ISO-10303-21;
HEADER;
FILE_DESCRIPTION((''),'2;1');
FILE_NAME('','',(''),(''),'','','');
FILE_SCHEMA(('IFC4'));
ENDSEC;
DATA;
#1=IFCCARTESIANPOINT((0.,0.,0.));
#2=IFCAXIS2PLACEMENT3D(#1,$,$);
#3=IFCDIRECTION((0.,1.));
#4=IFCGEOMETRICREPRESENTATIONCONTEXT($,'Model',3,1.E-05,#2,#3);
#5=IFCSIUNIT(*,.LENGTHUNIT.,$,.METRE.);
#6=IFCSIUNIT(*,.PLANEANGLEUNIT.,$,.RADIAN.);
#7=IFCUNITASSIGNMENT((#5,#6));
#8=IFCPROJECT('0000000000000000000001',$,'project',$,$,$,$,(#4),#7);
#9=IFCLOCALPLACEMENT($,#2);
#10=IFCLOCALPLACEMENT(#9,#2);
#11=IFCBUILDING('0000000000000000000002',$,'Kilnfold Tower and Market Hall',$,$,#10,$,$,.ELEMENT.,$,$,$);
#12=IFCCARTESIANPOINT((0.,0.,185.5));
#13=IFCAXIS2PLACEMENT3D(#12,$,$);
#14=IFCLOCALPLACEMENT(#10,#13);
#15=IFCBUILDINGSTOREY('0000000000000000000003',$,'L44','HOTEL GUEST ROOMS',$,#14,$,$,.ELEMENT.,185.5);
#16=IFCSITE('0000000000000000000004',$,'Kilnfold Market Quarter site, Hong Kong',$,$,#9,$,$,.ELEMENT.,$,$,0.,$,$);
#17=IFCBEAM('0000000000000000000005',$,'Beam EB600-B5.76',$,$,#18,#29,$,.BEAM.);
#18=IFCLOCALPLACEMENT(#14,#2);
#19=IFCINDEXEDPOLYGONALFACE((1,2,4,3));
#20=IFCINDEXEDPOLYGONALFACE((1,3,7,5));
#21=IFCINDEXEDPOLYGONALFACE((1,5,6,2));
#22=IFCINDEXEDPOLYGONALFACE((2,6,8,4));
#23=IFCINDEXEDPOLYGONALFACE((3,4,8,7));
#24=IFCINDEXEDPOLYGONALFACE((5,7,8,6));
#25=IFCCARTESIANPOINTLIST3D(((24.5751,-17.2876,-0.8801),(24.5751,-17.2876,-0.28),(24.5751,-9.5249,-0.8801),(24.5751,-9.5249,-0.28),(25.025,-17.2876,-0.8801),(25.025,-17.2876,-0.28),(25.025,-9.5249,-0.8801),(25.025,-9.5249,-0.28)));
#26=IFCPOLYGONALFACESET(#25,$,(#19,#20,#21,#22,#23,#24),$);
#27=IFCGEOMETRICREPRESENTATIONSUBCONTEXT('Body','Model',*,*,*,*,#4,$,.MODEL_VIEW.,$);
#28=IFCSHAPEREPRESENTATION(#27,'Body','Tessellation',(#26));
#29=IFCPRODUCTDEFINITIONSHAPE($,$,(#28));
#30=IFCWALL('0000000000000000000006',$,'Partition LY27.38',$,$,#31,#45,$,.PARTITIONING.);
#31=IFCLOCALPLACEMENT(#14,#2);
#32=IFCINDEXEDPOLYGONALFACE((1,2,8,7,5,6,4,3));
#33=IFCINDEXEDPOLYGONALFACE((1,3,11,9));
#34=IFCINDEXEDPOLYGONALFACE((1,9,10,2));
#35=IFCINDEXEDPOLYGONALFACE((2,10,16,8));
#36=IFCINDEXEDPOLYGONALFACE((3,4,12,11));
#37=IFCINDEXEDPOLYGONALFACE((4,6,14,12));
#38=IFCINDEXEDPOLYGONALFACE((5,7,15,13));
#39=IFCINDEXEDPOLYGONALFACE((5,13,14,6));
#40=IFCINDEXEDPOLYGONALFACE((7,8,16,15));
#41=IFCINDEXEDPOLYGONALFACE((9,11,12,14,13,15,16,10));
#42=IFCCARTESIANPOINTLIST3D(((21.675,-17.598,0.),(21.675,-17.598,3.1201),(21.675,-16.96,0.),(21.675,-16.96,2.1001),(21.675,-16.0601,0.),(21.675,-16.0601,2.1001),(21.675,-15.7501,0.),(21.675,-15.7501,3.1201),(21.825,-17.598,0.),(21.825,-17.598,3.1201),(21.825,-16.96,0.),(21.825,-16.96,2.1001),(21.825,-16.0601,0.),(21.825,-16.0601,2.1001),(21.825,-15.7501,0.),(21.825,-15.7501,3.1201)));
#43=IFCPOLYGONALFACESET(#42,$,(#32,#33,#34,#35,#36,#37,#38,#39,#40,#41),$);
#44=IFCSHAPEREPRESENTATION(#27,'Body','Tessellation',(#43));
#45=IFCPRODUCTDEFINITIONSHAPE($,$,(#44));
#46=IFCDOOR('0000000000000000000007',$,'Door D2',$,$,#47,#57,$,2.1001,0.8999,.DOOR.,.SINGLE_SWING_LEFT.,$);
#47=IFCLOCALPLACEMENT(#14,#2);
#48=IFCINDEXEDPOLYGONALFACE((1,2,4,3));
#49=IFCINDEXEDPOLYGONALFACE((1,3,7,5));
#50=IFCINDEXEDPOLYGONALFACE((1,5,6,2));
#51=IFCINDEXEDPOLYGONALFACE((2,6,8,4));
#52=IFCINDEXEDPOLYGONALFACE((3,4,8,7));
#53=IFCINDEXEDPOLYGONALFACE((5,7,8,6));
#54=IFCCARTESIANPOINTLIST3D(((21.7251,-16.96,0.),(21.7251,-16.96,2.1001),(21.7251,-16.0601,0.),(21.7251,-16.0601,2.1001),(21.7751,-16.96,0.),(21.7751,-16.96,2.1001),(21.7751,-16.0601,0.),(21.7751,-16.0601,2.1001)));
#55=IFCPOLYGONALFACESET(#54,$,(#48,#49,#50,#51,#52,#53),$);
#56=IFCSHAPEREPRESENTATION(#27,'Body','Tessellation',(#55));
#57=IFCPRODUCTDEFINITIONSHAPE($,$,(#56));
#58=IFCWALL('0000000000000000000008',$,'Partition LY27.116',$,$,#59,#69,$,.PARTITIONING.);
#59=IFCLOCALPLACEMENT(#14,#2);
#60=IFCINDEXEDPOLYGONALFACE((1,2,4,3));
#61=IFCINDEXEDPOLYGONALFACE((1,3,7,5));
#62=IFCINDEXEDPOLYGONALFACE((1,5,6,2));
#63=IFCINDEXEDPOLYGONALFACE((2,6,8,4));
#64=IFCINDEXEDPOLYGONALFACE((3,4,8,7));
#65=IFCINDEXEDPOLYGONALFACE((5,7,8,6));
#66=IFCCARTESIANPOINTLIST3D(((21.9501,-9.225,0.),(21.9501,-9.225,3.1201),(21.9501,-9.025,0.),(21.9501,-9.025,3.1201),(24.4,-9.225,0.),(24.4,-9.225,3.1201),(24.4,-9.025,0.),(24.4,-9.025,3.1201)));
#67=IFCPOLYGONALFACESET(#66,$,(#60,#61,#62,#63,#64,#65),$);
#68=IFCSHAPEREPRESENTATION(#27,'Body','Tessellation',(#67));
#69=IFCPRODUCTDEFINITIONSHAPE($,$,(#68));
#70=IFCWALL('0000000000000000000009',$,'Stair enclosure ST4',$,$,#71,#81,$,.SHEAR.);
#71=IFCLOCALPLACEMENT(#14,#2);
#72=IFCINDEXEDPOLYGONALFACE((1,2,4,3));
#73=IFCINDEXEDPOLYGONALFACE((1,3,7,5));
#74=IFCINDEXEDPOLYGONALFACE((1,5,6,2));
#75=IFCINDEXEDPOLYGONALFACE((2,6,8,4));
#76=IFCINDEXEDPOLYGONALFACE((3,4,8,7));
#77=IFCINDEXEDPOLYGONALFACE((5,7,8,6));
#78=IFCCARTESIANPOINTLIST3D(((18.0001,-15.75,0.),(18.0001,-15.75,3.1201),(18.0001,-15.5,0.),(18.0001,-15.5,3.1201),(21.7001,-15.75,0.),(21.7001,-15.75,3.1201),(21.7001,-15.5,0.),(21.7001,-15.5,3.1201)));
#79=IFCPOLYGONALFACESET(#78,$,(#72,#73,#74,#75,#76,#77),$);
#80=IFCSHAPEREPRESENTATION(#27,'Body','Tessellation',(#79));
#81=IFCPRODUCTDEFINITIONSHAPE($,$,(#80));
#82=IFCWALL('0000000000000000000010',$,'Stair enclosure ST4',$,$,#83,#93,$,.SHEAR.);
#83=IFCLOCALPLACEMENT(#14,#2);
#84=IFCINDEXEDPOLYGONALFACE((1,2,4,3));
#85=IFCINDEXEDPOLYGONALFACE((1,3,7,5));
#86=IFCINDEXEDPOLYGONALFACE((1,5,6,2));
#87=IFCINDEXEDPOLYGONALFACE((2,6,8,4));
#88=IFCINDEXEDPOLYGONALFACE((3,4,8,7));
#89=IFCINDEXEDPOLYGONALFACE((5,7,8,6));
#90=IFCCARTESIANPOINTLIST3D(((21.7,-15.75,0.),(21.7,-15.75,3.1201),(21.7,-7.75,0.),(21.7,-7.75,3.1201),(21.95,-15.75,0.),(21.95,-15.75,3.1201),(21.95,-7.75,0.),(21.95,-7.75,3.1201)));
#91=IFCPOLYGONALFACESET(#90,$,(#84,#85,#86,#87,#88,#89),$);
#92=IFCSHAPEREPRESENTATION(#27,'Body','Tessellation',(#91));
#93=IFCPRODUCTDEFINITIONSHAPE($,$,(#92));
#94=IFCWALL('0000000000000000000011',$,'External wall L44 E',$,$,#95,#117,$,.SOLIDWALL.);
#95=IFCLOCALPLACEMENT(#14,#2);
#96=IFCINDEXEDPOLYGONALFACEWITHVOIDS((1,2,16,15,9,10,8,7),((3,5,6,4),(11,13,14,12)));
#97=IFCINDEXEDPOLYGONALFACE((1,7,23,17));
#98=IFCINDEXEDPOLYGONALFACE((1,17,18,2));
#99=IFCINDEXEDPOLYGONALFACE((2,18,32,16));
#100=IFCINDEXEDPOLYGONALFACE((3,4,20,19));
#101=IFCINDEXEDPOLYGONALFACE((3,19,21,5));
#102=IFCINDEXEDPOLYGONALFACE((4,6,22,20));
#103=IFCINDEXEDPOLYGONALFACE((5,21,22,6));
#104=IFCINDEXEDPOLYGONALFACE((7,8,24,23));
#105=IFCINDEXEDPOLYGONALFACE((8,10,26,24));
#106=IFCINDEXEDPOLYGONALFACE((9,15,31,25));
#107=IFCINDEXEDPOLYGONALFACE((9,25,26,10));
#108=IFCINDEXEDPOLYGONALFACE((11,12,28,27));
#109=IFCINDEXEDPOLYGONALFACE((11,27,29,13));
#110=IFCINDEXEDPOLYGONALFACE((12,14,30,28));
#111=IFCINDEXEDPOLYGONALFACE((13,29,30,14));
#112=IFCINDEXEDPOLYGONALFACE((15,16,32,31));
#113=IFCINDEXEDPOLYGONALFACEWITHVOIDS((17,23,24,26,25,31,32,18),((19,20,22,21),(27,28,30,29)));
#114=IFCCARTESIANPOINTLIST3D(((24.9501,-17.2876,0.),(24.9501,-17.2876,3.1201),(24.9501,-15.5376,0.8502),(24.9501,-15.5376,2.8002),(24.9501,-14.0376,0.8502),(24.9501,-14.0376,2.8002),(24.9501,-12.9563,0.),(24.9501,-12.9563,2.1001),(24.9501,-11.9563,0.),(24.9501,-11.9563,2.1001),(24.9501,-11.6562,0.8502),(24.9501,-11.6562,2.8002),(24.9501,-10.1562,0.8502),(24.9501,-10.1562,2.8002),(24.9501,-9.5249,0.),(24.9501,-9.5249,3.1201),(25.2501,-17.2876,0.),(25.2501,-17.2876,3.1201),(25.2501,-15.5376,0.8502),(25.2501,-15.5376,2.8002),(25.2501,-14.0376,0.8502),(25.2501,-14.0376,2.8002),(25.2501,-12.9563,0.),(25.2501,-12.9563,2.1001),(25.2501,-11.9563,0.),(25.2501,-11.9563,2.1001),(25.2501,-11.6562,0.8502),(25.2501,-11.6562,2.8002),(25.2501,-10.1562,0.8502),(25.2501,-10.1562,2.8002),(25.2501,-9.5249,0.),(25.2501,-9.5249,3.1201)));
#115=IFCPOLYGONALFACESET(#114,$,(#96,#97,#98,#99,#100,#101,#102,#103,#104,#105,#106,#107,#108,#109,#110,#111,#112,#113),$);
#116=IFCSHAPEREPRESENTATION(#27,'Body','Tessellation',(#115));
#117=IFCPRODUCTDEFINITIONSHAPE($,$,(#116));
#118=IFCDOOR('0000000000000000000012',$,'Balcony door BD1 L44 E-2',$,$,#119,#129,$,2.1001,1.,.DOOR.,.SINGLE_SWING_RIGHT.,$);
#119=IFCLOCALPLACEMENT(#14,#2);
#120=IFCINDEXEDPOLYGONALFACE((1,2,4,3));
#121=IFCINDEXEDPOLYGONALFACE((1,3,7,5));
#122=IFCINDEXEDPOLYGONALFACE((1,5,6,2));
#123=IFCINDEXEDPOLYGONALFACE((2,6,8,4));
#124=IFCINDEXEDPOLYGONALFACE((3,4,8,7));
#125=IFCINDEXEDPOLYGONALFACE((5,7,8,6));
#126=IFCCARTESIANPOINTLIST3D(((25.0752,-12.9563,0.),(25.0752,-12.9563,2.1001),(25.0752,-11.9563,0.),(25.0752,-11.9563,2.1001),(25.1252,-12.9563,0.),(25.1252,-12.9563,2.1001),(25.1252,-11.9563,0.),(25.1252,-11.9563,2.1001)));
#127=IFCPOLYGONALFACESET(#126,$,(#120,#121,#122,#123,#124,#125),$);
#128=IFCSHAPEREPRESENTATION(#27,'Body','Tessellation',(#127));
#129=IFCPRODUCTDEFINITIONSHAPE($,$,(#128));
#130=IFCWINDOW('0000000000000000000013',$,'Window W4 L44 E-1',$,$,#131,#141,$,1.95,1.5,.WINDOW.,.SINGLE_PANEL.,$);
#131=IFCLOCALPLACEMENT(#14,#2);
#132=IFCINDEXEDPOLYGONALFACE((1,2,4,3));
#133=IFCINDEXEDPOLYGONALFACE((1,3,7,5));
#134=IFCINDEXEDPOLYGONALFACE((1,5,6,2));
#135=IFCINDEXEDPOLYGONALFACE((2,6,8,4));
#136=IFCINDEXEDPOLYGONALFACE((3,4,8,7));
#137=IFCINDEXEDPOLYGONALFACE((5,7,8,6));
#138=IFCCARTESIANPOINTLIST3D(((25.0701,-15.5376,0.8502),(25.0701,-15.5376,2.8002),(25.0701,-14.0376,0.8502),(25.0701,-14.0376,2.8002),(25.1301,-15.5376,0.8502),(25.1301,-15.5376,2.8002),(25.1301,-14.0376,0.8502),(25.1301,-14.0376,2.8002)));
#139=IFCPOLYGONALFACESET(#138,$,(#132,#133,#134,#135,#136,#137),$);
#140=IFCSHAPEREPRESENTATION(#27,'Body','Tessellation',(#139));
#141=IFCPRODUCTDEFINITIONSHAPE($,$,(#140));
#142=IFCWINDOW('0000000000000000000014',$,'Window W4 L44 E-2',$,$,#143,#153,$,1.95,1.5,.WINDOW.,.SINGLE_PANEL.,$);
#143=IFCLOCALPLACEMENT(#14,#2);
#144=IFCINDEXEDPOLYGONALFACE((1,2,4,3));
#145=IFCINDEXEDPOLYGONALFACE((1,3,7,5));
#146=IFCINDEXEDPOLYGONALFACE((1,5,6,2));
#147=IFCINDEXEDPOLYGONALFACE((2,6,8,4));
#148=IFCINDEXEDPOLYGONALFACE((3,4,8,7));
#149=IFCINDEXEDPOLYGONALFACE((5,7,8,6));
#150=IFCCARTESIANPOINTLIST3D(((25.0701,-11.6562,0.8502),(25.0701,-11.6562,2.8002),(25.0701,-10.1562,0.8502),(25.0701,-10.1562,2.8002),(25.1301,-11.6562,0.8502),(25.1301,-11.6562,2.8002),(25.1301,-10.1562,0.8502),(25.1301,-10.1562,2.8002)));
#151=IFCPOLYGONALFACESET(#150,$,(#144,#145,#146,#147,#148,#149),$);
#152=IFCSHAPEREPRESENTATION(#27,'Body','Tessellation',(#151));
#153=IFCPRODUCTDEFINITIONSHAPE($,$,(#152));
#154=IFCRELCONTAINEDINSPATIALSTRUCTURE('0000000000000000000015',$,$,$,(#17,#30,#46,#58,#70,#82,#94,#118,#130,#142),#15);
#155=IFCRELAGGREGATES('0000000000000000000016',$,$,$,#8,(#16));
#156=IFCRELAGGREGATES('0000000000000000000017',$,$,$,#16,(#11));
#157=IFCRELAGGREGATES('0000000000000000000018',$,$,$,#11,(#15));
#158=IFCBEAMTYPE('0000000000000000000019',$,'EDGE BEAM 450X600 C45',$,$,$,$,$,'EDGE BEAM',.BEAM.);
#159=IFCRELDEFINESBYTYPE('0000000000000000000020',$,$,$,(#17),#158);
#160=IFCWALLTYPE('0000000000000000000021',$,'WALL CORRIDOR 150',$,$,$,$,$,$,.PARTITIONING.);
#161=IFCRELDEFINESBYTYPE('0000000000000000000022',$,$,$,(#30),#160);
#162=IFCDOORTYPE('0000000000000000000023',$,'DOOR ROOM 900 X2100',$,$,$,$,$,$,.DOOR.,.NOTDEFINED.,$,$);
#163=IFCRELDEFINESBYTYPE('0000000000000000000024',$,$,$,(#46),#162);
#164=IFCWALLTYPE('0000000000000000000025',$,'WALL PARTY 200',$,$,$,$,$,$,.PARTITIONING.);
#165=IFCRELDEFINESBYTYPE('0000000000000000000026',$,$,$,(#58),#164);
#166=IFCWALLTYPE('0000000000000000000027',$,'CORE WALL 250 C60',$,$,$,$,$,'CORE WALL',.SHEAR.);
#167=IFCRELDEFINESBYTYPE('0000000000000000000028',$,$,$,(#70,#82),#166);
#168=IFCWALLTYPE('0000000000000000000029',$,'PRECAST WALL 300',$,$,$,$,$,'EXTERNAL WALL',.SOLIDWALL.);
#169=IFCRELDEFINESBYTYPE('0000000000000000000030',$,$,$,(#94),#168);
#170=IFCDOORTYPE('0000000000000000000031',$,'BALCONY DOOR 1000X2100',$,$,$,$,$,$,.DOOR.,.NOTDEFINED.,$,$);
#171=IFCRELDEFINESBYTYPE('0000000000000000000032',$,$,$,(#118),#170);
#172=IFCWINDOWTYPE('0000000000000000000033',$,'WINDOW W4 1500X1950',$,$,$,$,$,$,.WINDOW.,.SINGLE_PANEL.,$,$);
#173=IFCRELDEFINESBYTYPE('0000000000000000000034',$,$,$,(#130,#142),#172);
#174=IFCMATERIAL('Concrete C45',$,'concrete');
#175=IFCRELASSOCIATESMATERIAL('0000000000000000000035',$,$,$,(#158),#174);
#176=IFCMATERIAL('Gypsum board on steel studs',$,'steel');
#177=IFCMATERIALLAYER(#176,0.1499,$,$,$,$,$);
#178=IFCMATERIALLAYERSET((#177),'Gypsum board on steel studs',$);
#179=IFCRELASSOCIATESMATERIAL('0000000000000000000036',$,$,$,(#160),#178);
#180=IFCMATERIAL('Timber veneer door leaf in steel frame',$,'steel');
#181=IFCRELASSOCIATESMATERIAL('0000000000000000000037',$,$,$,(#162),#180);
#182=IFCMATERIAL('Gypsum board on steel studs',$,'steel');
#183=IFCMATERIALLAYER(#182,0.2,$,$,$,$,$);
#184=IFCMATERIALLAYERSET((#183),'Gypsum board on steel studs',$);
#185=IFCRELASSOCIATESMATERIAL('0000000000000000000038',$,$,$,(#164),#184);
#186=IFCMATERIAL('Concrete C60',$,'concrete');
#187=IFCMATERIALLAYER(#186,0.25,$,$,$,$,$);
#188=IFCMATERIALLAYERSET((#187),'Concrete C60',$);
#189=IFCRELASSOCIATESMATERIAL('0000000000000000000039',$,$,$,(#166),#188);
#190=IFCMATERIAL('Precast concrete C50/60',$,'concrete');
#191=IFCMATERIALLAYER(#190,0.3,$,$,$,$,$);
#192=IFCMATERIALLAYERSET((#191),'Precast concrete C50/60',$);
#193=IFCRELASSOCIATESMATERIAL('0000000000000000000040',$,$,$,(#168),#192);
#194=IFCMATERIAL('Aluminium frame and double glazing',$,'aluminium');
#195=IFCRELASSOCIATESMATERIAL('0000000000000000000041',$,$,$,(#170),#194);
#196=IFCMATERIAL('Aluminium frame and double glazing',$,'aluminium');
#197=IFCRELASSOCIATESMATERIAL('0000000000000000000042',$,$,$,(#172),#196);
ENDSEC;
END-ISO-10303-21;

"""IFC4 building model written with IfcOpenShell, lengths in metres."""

from ifc_helpers import new_model, si_unit, direction, frame, frame_2d, origin, origin_2d, place, context, subcontext, project, spatial, rectangle, extrude, source, transform, mapped, material, layer, layer_set, material_profile, profile_set, type_object, element, fill, save


model = new_model("IFC4")

# Units and contexts
model_context = context("Model", 3, precision=1e-05, world=origin(), true_north=direction((0.0, 1.0)))
body_context = subcontext(model_context, "Body", "Model", "MODEL_VIEW")
ifc_project = project(units=[si_unit("LENGTHUNIT", "METRE"), si_unit("PLANEANGLEUNIT", "RADIAN")], contexts=[model_context])

# Site, building, storey
site_placement = place(None, origin())
site = spatial("IfcSite", under=ifc_project, at=site_placement, Name="Kilnfold Market Quarter site, Hong Kong", CompositionType="ELEMENT", RefElevation=0.0)
building_placement = place(site_placement, origin())
building = spatial("IfcBuilding", under=site, at=building_placement, Name="Kilnfold Tower and Market Hall", CompositionType="ELEMENT")
storey_placement = place(building_placement, frame((0.0, 0.0, 185.5)))
storey = spatial("IfcBuildingStorey", under=building, at=storey_placement, Name="L44", Description="HOTEL GUEST ROOMS", CompositionType="ELEMENT", Elevation=185.5)

# Beam
ifc_material_1 = material(Name="Concrete C45", Category="concrete")
ifc_material_profile_1 = material_profile(ifc_material_1, rectangle(XDim=0.45, YDim=0.6001, at=origin_2d()), Name="RC 450x600")
ifc_profile_set_1 = profile_set([ifc_material_profile_1], Name="Concrete C45")
beam_type = type_object("IfcBeamType", Name="EDGE BEAM 450X600 C45", ElementType="EDGE BEAM", PredefinedType="BEAM", material=ifc_profile_set_1)
shared_shape_1 = source(origin(), body_context, "Body", "SweptSolid", [
    extrude(rectangle(XDim=0.45, YDim=0.6001, at=origin_2d()), origin(), (0.0, 0.0, 1.0), 7.7627),
])
beam_placement = place(storey_placement, frame((24.8, -17.2876, -0.5801), z_axis=(0.0, 1.0, 0.0), x_axis=(-1.0, 0.0, 0.0)))
element("IfcBeam", 1, at=beam_placement, inside=storey, type_object=beam_type, Name="Beam EB600-B5.76", PredefinedType="BEAM", context=body_context, shape_type="MappedRepresentation", body=[
    mapped(shared_shape_1, transform((0.0, 0.0, 0.0))),
])

# Wall, opening, door
ifc_material_2 = material(Name="Gypsum board on steel studs", Category="steel")
ifc_layer_1 = layer(ifc_material_2, 0.1499)
ifc_layer_set_1 = layer_set([ifc_layer_1], Name="Gypsum board on steel studs")
wall_type_1 = type_object("IfcWallType", Name="WALL CORRIDOR 150", PredefinedType="PARTITIONING", material=ifc_layer_set_1)
wall_1_placement = place(storey_placement, frame((21.75, -17.5979, 0.0), z_axis=(0.0, 0.0, 1.0), x_axis=(0.0, 1.0, 0.0)))
wall_1 = element("IfcWall", 2, at=wall_1_placement, inside=storey, type_object=wall_type_1, Name="Partition LY27.38", PredefinedType="PARTITIONING", context=body_context, shape_type="SweptSolid", body=[
    extrude(rectangle(XDim=1.8479, YDim=0.1499, at=frame_2d((0.9238, 0.0))), origin(), (0.0, 0.0, 1.0), 3.1201),
])
opening_1_placement = place(wall_1_placement, frame((0.6379, 0.0, 0.0)))
opening_1 = element("IfcOpeningElement", 3, at=opening_1_placement, cuts=wall_1, PredefinedType="OPENING", context=body_context, shape_type="SweptSolid", body=[
    extrude(rectangle(XDim=0.8999, YDim=2.1001, at=frame_2d((0.45, 1.05))), frame((0.0, 0.085, 0.0), z_axis=(0.0, -1.0, 0.0), x_axis=(1.0, 0.0, 0.0)), (0.0, 0.0, 1.0), 0.1699),
])
ifc_material_3 = material(Name="Timber veneer door leaf in steel frame", Category="steel")
door_type_1 = type_object("IfcDoorType", Name="DOOR ROOM 900 X2100", OperationType="NOTDEFINED", PredefinedType="DOOR", material=ifc_material_3)
door_1_placement = place(opening_1_placement, origin())
door_1 = element("IfcDoor", 4, at=door_1_placement, inside=storey, type_object=door_type_1, Name="Door D2", OperationType="SINGLE_SWING_LEFT", OverallHeight=2.1001, OverallWidth=0.8999, PredefinedType="DOOR", context=body_context, shape_type="SweptSolid", body=[
    extrude(rectangle(XDim=0.8999, YDim=2.1001, at=frame_2d((0.45, 1.05))), frame((0.0, 0.0249, 0.0), z_axis=(0.0, -1.0, 0.0), x_axis=(1.0, 0.0, 0.0)), (0.0, 0.0, 1.0), 0.05),
])
fill(opening_1, door_1)

# Walls
ifc_material_4 = material(Name="Gypsum board on steel studs", Category="steel")
ifc_layer_2 = layer(ifc_material_4, 0.2)
ifc_layer_set_2 = layer_set([ifc_layer_2], Name="Gypsum board on steel studs")
wall_type_2 = type_object("IfcWallType", Name="WALL PARTY 200", PredefinedType="PARTITIONING", material=ifc_layer_set_2)
wall_2_placement = place(storey_placement, frame((21.95, -9.125, 0.0), z_axis=(0.0, 0.0, 1.0), x_axis=(1.0, 0.0, 0.0)))
element("IfcWall", 5, at=wall_2_placement, inside=storey, type_object=wall_type_2, Name="Partition LY27.116", PredefinedType="PARTITIONING", context=body_context, shape_type="SweptSolid", body=[
    extrude(rectangle(XDim=2.45, YDim=0.2, at=frame_2d((1.2251, 0.0))), origin(), (0.0, 0.0, 1.0), 3.1201),
])
ifc_material_5 = material(Name="Concrete C60", Category="concrete")
ifc_layer_3 = layer(ifc_material_5, 0.25)
ifc_layer_set_3 = layer_set([ifc_layer_3], Name="Concrete C60")
wall_type_3 = type_object("IfcWallType", Name="CORE WALL 250 C60", ElementType="CORE WALL", PredefinedType="SHEAR", material=ifc_layer_set_3)
shared_shape_2 = source(origin(), body_context, "Body", "SweptSolid", [
    extrude(rectangle(XDim=3.7, YDim=0.25, at=frame_2d((1.8501, 0.0))), origin(), (0.0, 0.0, 1.0), 3.1201),
])
wall_3_placement = place(storey_placement, frame((18.0, -15.625, 0.0), z_axis=(0.0, 0.0, 1.0), x_axis=(1.0, 0.0, 0.0)))
element("IfcWall", 6, at=wall_3_placement, inside=storey, type_object=wall_type_3, Name="Stair enclosure ST4", PredefinedType="SHEAR", context=body_context, shape_type="MappedRepresentation", body=[
    mapped(shared_shape_2, transform((0.0, 0.0, 0.0))),
])
shared_shape_3 = source(origin(), body_context, "Body", "SweptSolid", [
    extrude(rectangle(XDim=8.0, YDim=0.25, at=frame_2d((4.0, 0.0))), origin(), (0.0, 0.0, 1.0), 3.1201),
])
wall_4_placement = place(storey_placement, frame((21.825, -15.75, 0.0), z_axis=(0.0, 0.0, 1.0), x_axis=(0.0, 1.0, 0.0)))
element("IfcWall", 7, at=wall_4_placement, inside=storey, type_object=wall_type_3, Name="Stair enclosure ST4", PredefinedType="SHEAR", context=body_context, shape_type="MappedRepresentation", body=[
    mapped(shared_shape_3, transform((0.0, 0.0, 0.0))),
])

# Wall, openings, door, windows
ifc_material_6 = material(Name="Precast concrete C50/60", Category="concrete")
ifc_layer_4 = layer(ifc_material_6, 0.3)
ifc_layer_set_4 = layer_set([ifc_layer_4], Name="Precast concrete C50/60")
wall_type_4 = type_object("IfcWallType", Name="PRECAST WALL 300", ElementType="EXTERNAL WALL", PredefinedType="SOLIDWALL", material=ifc_layer_set_4)
shared_shape_4 = source(origin(), body_context, "Body", "SweptSolid", [
    extrude(rectangle(XDim=7.7627, YDim=0.3, at=frame_2d((3.8813, 0.0))), origin(), (0.0, 0.0, 1.0), 3.1201),
])
wall_5_placement = place(storey_placement, frame((25.1001, -17.2876, 0.0), z_axis=(0.0, 0.0, 1.0), x_axis=(0.0, 1.0, 0.0)))
wall_5 = element("IfcWall", 8, at=wall_5_placement, inside=storey, type_object=wall_type_4, Name="External wall L44 E", PredefinedType="SOLIDWALL", context=body_context, shape_type="MappedRepresentation", body=[
    mapped(shared_shape_4, transform((0.0, 0.0, 0.0))),
])
opening_2_placement = place(wall_5_placement, frame((1.75, 0.0, 0.8501)))
opening_2 = element("IfcOpeningElement", 9, at=opening_2_placement, cuts=wall_5, PredefinedType="OPENING", context=body_context, shape_type="SweptSolid", body=[
    extrude(rectangle(XDim=1.5, YDim=1.95, at=frame_2d((0.75, 0.9751))), frame((0.0, 0.1602, 0.0), z_axis=(0.0, -1.0, 0.0), x_axis=(1.0, 0.0, 0.0)), (0.0, 0.0, 1.0), 0.3201),
])
opening_3_placement = place(wall_5_placement, frame((5.6313, 0.0, 0.8501)))
opening_3 = element("IfcOpeningElement", 10, at=opening_3_placement, cuts=wall_5, PredefinedType="OPENING", context=body_context, shape_type="SweptSolid", body=[
    extrude(rectangle(XDim=1.5, YDim=1.95, at=frame_2d((0.75, 0.9751))), frame((0.0, 0.1602, 0.0), z_axis=(0.0, -1.0, 0.0), x_axis=(1.0, 0.0, 0.0)), (0.0, 0.0, 1.0), 0.3201),
])
opening_4_placement = place(wall_5_placement, frame((4.3313, 0.0, 0.0)))
opening_4 = element("IfcOpeningElement", 11, at=opening_4_placement, cuts=wall_5, PredefinedType="OPENING", context=body_context, shape_type="SweptSolid", body=[
    extrude(rectangle(XDim=1.0, YDim=2.1001, at=frame_2d((0.5, 1.05))), frame((0.0, 0.1602, 0.0), z_axis=(0.0, -1.0, 0.0), x_axis=(1.0, 0.0, 0.0)), (0.0, 0.0, 1.0), 0.3201),
])
ifc_material_7 = material(Name="Aluminium frame and double glazing", Category="aluminium")
door_type_2 = type_object("IfcDoorType", Name="BALCONY DOOR 1000X2100", OperationType="NOTDEFINED", PredefinedType="DOOR", material=ifc_material_7)
door_2_placement = place(opening_4_placement, origin())
door_2 = element("IfcDoor", 12, at=door_2_placement, inside=storey, type_object=door_type_2, Name="Balcony door BD1 L44 E-2", OperationType="SINGLE_SWING_RIGHT", OverallHeight=2.1001, OverallWidth=1.0, PredefinedType="DOOR", context=body_context, shape_type="SweptSolid", body=[
    extrude(rectangle(XDim=1.0, YDim=2.1001, at=frame_2d((0.5, 1.05))), frame((0.0, 0.0249, 0.0), z_axis=(0.0, -1.0, 0.0), x_axis=(1.0, 0.0, 0.0)), (0.0, 0.0, 1.0), 0.05),
])
fill(opening_4, door_2)
ifc_material_8 = material(Name="Aluminium frame and double glazing", Category="aluminium")
window_type = type_object("IfcWindowType", Name="WINDOW W4 1500X1950", PartitioningType="SINGLE_PANEL", PredefinedType="WINDOW", material=ifc_material_8)
window_1_placement = place(opening_2_placement, origin())
window_1 = element("IfcWindow", 13, at=window_1_placement, inside=storey, type_object=window_type, Name="Window W4 L44 E-1", OverallHeight=1.95, OverallWidth=1.5, PartitioningType="SINGLE_PANEL", PredefinedType="WINDOW", context=body_context, shape_type="SweptSolid", body=[
    extrude(rectangle(XDim=1.5, YDim=1.95, at=frame_2d((0.75, 0.9751))), frame((0.0, 0.03, 0.0), z_axis=(0.0, -1.0, 0.0), x_axis=(1.0, 0.0, 0.0)), (0.0, 0.0, 1.0), 0.0601),
])
fill(opening_2, window_1)
window_2_placement = place(opening_3_placement, origin())
window_2 = element("IfcWindow", 14, at=window_2_placement, inside=storey, type_object=window_type, Name="Window W4 L44 E-2", OverallHeight=1.95, OverallWidth=1.5, PartitioningType="SINGLE_PANEL", PredefinedType="WINDOW", context=body_context, shape_type="SweptSolid", body=[
    extrude(rectangle(XDim=1.5, YDim=1.95, at=frame_2d((0.75, 0.9751))), frame((0.0, 0.03, 0.0), z_axis=(0.0, -1.0, 0.0), x_axis=(1.0, 0.0, 0.0)), (0.0, 0.0, 1.0), 0.0601),
])
fill(opening_3, window_2)

save(model, "model.ifc")
